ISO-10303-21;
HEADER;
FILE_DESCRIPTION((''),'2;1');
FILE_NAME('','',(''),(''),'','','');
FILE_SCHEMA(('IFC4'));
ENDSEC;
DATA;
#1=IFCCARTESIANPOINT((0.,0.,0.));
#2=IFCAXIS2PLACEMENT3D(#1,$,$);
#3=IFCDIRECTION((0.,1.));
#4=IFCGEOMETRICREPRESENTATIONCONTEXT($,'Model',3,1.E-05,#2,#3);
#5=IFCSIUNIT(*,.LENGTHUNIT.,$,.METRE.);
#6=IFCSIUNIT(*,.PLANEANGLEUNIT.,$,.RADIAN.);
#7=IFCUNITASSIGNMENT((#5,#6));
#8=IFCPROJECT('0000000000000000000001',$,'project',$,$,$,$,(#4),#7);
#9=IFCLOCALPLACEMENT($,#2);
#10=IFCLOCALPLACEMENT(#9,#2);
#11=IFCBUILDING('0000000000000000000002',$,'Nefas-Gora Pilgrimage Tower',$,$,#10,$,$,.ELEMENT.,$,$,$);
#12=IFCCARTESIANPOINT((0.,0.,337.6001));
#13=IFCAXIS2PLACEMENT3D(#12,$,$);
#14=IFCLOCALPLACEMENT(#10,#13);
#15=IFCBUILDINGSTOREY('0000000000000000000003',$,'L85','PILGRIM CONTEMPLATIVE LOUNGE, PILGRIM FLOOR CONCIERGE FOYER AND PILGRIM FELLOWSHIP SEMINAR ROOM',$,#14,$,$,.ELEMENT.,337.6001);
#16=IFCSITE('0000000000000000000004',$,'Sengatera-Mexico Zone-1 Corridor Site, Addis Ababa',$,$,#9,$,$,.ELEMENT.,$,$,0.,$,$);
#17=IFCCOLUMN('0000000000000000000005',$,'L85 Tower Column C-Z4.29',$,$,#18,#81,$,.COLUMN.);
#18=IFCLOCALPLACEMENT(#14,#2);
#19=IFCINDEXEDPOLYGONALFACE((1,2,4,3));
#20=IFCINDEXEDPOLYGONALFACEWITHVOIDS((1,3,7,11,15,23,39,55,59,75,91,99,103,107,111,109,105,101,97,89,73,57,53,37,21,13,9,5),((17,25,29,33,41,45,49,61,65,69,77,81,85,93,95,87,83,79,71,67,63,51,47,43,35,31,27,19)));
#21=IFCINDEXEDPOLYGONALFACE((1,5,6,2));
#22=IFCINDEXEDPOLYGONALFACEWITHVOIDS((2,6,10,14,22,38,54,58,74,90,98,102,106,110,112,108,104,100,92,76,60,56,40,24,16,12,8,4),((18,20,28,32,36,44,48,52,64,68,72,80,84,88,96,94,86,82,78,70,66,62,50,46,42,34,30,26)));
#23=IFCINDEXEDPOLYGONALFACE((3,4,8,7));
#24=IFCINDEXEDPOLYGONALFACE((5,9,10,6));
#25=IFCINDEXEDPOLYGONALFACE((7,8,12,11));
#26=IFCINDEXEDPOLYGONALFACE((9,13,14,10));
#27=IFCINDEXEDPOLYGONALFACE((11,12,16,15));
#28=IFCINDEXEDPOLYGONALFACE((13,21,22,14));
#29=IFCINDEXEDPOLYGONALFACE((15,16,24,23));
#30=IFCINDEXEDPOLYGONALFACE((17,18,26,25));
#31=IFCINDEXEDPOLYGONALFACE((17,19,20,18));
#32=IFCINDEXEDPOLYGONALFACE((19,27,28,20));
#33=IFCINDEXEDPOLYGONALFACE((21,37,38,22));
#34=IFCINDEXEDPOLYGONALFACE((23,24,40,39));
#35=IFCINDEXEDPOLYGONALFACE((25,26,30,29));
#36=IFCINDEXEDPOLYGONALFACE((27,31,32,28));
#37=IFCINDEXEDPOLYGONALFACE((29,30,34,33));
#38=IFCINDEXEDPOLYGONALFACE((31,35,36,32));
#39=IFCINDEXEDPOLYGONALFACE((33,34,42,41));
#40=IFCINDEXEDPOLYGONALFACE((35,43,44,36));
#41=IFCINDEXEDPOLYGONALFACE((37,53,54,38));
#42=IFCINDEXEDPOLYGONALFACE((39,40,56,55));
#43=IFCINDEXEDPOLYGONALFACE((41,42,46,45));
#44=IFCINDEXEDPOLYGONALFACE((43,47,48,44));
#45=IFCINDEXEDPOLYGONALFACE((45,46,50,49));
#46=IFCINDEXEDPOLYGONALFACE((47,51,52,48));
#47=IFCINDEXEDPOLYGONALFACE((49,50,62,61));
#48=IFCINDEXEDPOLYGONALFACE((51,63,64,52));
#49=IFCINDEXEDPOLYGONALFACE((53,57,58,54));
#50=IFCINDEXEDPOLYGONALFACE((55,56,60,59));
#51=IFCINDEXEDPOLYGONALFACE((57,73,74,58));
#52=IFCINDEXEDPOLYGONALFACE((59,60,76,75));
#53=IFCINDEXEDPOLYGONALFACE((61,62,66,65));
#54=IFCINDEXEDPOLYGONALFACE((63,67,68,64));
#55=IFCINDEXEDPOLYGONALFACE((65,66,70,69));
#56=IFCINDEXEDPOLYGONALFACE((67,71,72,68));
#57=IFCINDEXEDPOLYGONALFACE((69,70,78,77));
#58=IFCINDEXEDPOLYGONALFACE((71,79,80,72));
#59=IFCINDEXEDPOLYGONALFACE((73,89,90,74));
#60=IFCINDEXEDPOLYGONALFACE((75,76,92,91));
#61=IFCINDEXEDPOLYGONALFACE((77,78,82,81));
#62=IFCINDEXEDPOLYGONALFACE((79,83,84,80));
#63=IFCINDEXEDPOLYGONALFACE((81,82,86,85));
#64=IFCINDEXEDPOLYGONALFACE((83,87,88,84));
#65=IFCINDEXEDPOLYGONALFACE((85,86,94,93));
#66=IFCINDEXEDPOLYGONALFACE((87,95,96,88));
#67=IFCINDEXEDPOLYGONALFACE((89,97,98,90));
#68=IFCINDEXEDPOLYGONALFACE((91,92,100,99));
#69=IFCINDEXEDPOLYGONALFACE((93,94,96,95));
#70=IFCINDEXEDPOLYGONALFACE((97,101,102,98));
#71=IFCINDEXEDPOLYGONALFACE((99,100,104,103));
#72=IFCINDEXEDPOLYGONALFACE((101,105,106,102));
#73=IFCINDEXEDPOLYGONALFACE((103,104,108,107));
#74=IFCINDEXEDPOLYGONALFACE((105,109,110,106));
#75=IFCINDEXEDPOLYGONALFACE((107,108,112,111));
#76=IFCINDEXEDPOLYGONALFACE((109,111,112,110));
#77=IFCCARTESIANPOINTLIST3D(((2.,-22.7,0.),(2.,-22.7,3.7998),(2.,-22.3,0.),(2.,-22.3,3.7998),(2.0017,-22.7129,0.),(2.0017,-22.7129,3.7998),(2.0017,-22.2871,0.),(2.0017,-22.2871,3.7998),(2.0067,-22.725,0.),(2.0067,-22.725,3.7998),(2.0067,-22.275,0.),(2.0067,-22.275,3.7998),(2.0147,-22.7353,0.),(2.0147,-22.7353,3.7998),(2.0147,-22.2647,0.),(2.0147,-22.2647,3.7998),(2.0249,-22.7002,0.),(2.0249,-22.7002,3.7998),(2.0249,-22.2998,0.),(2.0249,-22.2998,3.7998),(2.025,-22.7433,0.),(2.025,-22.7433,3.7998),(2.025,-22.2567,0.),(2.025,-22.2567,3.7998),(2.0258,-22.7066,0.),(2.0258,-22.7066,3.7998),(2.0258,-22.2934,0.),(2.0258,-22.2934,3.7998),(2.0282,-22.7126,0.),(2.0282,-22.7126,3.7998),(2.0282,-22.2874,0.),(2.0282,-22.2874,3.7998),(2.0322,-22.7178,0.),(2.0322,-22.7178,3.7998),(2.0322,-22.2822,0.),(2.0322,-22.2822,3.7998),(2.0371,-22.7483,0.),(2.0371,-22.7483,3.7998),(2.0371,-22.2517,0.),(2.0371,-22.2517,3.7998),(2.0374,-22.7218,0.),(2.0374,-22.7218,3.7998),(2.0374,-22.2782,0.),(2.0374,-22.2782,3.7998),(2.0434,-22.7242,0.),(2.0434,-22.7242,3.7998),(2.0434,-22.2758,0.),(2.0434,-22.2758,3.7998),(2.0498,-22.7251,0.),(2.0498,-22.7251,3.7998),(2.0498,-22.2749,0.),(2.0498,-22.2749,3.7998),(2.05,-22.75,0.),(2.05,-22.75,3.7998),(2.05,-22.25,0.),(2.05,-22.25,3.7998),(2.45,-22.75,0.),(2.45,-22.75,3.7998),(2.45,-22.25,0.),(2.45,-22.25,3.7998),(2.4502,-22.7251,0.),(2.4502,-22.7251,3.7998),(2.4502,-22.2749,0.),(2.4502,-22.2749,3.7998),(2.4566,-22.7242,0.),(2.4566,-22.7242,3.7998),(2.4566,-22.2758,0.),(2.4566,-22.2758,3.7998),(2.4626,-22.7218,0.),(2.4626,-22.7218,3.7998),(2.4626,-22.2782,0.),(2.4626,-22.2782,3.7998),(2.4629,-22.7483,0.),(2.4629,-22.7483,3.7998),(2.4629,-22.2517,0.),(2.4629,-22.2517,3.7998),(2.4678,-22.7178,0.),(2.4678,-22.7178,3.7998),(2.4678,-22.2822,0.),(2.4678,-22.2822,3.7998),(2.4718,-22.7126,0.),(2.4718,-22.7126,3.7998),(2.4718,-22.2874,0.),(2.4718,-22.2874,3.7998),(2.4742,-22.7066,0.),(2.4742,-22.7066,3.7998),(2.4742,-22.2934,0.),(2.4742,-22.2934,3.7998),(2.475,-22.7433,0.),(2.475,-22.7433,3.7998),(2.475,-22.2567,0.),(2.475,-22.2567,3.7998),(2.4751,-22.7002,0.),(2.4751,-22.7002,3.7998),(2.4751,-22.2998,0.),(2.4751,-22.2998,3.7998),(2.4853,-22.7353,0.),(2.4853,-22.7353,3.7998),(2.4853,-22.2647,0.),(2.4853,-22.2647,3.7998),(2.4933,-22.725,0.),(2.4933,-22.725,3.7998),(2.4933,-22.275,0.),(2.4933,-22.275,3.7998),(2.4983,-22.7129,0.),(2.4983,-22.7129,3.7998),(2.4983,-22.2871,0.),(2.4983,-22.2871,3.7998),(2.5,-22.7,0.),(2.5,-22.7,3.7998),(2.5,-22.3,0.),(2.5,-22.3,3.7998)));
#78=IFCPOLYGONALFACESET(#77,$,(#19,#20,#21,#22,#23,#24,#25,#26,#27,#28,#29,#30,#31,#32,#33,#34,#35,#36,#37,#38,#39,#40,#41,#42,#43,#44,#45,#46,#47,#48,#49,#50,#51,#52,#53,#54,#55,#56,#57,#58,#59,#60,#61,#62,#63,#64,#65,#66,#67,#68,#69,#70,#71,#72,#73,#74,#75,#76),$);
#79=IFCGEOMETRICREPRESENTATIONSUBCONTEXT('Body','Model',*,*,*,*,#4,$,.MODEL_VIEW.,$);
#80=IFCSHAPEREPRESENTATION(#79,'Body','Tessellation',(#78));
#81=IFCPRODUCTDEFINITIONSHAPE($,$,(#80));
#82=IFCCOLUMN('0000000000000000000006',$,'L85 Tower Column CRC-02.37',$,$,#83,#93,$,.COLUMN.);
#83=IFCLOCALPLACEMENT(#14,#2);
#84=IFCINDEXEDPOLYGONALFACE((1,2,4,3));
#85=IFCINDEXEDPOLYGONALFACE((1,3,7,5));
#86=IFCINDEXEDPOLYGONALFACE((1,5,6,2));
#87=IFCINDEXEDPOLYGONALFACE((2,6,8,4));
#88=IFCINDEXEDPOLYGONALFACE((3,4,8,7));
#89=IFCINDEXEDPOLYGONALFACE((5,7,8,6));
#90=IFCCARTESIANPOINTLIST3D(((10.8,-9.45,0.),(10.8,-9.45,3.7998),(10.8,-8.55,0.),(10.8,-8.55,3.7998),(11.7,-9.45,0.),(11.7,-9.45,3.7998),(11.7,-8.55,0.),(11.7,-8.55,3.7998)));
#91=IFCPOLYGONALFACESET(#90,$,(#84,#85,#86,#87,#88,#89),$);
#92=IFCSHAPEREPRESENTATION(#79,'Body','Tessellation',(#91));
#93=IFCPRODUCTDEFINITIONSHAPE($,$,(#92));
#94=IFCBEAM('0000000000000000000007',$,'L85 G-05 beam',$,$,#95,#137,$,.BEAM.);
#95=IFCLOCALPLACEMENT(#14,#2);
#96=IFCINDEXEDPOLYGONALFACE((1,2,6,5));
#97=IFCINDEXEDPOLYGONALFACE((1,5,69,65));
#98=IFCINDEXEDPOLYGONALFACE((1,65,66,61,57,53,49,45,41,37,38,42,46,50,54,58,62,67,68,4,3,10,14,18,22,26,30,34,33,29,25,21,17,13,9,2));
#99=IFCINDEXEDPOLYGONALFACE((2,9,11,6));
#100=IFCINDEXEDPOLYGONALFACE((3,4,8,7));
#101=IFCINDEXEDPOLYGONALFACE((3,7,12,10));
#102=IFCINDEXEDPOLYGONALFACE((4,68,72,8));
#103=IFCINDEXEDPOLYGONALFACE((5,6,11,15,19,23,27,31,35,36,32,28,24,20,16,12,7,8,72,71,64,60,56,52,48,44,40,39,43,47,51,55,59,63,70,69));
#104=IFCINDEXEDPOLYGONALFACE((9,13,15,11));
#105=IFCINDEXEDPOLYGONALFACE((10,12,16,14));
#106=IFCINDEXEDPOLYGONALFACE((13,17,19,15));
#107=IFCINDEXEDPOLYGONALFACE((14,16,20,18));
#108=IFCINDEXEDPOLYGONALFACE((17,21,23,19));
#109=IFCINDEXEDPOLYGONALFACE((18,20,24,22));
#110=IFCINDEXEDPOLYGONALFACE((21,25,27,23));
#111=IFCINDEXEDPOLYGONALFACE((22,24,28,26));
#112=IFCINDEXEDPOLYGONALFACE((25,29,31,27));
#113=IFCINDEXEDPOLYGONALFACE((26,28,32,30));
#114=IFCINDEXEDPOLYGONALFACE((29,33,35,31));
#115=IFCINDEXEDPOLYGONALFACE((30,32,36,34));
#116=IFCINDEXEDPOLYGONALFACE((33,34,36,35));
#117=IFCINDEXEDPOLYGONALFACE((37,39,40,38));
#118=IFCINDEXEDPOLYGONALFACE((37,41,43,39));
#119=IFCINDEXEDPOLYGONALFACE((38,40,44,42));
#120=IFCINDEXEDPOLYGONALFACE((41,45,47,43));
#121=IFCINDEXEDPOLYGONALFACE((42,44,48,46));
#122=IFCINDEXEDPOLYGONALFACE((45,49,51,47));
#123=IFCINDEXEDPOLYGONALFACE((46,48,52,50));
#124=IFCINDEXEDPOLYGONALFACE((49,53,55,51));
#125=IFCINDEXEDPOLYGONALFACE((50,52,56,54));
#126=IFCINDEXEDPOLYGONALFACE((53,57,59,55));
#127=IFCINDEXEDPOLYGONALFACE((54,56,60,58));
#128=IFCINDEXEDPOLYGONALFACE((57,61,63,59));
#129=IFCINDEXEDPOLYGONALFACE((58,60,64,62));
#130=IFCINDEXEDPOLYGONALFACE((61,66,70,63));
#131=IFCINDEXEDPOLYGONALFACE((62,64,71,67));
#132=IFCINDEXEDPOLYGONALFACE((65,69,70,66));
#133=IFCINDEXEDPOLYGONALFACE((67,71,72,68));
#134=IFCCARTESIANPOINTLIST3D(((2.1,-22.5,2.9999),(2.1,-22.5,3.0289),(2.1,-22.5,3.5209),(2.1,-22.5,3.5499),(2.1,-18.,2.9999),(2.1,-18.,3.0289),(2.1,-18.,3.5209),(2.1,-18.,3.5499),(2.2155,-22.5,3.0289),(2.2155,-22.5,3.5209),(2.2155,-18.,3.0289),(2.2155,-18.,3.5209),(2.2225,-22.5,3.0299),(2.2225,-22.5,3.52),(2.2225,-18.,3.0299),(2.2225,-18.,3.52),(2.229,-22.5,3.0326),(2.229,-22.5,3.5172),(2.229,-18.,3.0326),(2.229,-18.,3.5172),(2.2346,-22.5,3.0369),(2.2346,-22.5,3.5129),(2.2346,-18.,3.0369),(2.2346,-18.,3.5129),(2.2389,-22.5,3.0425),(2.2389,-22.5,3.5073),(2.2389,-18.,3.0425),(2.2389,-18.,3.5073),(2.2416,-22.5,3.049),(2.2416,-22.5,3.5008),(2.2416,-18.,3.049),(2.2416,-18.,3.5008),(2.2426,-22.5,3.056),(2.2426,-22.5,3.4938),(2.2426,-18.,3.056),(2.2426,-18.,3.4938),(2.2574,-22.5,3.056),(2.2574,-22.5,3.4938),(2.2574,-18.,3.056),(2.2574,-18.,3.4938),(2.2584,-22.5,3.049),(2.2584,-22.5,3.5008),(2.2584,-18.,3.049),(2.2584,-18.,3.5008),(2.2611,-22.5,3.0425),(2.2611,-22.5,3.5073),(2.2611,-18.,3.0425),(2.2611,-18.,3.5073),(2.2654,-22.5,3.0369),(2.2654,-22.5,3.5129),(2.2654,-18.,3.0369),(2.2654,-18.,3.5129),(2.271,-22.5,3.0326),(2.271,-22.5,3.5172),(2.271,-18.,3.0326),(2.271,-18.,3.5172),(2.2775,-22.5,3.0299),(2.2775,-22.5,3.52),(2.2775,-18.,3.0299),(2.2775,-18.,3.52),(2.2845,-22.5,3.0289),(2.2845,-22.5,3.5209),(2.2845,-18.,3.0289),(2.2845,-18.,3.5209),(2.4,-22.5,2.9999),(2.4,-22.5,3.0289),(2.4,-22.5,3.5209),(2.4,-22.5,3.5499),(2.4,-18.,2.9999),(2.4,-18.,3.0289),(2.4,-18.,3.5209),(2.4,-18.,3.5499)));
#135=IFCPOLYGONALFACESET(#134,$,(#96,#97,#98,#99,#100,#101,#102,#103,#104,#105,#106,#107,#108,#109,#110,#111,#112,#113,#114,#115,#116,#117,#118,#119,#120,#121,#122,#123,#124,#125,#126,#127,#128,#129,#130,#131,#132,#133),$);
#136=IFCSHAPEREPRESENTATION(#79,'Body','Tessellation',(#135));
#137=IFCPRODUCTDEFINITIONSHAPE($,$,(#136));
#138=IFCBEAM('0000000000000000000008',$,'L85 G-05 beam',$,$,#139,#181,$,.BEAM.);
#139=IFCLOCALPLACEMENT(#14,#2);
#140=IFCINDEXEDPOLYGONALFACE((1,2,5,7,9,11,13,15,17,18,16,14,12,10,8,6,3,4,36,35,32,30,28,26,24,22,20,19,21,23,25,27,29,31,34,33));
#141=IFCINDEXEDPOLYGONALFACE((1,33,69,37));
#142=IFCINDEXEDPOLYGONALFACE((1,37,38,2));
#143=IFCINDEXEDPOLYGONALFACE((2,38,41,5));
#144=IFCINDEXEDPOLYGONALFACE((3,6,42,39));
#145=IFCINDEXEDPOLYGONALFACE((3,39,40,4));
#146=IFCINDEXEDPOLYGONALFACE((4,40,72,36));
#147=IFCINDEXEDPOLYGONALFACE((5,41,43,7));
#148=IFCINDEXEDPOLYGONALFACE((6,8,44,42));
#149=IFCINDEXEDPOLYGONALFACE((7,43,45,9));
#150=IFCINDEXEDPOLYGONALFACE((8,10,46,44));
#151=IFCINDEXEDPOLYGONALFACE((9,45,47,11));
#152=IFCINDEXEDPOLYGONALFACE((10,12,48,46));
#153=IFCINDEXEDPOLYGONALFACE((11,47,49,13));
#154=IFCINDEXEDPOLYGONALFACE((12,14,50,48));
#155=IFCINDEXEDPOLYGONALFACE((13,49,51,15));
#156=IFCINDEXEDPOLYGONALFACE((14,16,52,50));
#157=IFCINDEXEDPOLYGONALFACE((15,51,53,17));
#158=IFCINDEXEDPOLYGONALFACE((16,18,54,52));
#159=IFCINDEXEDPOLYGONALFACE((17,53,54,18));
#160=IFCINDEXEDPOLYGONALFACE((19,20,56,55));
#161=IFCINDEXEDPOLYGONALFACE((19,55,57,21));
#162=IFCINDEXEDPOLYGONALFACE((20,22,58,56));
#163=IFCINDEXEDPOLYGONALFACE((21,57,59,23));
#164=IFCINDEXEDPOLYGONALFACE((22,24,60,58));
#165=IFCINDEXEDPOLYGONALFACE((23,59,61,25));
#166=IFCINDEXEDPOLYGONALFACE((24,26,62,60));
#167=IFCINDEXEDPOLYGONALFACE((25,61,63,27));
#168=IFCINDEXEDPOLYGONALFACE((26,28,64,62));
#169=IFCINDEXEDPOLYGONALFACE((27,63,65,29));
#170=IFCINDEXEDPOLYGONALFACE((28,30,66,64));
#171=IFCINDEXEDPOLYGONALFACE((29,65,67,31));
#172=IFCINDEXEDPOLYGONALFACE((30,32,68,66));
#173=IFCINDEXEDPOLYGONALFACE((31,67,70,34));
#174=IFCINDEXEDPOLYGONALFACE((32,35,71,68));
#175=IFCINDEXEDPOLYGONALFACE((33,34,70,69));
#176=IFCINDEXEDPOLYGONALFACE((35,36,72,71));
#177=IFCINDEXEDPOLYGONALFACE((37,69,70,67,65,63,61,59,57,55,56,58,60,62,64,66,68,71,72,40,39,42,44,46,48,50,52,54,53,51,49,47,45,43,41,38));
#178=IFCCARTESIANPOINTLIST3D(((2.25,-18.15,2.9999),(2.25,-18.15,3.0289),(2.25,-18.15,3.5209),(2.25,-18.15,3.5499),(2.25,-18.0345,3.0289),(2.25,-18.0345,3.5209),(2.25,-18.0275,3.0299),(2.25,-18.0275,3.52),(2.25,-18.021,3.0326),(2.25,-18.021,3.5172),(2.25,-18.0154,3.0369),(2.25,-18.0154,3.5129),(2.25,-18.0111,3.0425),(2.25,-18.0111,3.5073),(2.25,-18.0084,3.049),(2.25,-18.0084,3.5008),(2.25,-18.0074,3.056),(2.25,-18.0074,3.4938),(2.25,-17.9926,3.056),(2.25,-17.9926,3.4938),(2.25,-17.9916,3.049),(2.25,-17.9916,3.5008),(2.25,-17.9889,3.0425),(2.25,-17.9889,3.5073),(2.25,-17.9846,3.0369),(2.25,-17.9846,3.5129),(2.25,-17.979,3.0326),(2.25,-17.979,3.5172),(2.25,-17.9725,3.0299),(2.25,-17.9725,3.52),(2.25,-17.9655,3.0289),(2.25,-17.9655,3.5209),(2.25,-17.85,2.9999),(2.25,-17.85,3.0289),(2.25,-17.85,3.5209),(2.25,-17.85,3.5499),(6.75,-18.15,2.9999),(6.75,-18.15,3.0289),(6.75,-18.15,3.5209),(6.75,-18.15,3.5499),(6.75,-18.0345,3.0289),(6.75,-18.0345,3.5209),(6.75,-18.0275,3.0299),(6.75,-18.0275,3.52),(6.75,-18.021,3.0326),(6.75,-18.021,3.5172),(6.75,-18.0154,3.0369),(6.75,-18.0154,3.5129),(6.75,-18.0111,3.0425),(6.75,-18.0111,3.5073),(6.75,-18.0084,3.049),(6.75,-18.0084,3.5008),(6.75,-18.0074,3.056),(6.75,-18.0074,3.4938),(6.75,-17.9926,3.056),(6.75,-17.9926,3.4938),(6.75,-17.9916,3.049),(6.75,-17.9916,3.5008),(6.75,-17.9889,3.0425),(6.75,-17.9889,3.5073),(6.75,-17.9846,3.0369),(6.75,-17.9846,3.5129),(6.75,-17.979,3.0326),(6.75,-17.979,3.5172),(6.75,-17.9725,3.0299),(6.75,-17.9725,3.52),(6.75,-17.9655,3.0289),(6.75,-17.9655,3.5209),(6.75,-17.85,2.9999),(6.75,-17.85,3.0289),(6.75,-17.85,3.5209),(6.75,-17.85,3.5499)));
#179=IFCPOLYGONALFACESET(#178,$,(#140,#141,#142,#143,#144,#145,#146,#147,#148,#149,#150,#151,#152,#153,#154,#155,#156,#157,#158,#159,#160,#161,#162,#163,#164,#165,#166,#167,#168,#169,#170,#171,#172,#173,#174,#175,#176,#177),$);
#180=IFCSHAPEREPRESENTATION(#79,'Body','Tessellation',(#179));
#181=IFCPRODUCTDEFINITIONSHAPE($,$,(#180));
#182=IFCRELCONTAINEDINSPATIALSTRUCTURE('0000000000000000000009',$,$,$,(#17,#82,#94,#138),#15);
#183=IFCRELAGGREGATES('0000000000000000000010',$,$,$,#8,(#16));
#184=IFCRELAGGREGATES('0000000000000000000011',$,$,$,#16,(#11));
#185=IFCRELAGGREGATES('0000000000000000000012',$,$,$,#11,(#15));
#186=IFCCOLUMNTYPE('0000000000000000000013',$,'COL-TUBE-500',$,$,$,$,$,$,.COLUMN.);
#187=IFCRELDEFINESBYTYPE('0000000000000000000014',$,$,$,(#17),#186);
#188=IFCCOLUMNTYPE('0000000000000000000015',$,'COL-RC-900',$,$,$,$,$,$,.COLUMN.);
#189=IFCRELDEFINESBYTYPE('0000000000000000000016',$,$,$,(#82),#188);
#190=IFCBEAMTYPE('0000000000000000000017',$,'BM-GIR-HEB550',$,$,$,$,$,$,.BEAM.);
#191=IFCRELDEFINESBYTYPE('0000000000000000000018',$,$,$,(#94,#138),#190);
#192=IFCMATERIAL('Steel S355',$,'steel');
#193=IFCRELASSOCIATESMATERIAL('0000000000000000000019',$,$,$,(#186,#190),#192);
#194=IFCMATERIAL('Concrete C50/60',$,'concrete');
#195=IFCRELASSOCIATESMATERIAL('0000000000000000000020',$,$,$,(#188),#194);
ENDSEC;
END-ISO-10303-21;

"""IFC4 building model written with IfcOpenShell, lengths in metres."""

from ifc_helpers import new_model, si_unit, direction, frame, origin, origin_2d, place, context, subcontext, project, spatial, rectangle, hollow_rectangle, i_section, extrude, source, transform, mapped, material, material_profile, profile_set, type_object, element, save


model = new_model("IFC4")

# Units and contexts
model_context = context("Model", 3, precision=1e-05, world=origin(), true_north=direction((0.0, 1.0)))
body_context = subcontext(model_context, "Body", "Model", "MODEL_VIEW")
ifc_project = project(units=[si_unit("LENGTHUNIT", "METRE"), si_unit("PLANEANGLEUNIT", "RADIAN")], contexts=[model_context])

# Site, building, storey
site_placement = place(None, origin())
site = spatial("IfcSite", under=ifc_project, at=site_placement, Name="Sengatera-Mexico Zone-1 Corridor Site, Addis Ababa", CompositionType="ELEMENT", RefElevation=0.0)
building_placement = place(site_placement, origin())
building = spatial("IfcBuilding", under=site, at=building_placement, Name="Nefas-Gora Pilgrimage Tower", CompositionType="ELEMENT")
storey_placement = place(building_placement, frame((0.0, 0.0, 337.6001)))
storey = spatial("IfcBuildingStorey", under=building, at=storey_placement, Name="L85", Description="PILGRIM CONTEMPLATIVE LOUNGE, PILGRIM FLOOR CONCIERGE FOYER AND PILGRIM FELLOWSHIP SEMINAR ROOM", CompositionType="ELEMENT", Elevation=337.6001)

# Columns
ifc_material_1 = material(Name="Steel S355", Category="steel")
ifc_material_profile_1 = material_profile(ifc_material_1, hollow_rectangle(XDim=0.5, YDim=0.5, WallThickness=0.0249, InnerFilletRadius=0.0249, OuterFilletRadius=0.05, at=origin_2d()), Name="SHS 500x500x25")
ifc_profile_set_1 = profile_set([ifc_material_profile_1], Name="Steel S355")
column_type_1 = type_object("IfcColumnType", Name="COL-TUBE-500", PredefinedType="COLUMN", material=ifc_profile_set_1)
shared_shape_1 = source(origin(), body_context, "Body", "SweptSolid", [
    extrude(hollow_rectangle(XDim=0.5, YDim=0.5, WallThickness=0.0249, InnerFilletRadius=0.0249, OuterFilletRadius=0.05, at=origin_2d()), origin(), (0.0, 0.0, 1.0), 3.7998),
])
column_1_placement = place(storey_placement, frame((2.25, -22.5, 0.0), z_axis=(0.0, 0.0, 1.0), x_axis=(1.0, 0.0, 0.0)))
element("IfcColumn", 1, at=column_1_placement, inside=storey, type_object=column_type_1, Name="L85 Tower Column C-Z4.29", PredefinedType="COLUMN", context=body_context, shape_type="MappedRepresentation", body=[
    mapped(shared_shape_1, transform((0.0, 0.0, 0.0), x_axis=(1.0, 0.0, 0.0), y_axis=(0.0, 1.0, 0.0), z_axis=(0.0, 0.0, 1.0), scale=1.0)),
])
ifc_material_2 = material(Name="Concrete C50/60", Category="concrete")
ifc_material_profile_2 = material_profile(ifc_material_2, rectangle(XDim=0.8999, YDim=0.8999, at=origin_2d()), Name="RC 900x900")
ifc_profile_set_2 = profile_set([ifc_material_profile_2], Name="Concrete C50/60")
column_type_2 = type_object("IfcColumnType", Name="COL-RC-900", PredefinedType="COLUMN", material=ifc_profile_set_2)
shared_shape_2 = source(origin(), body_context, "Body", "SweptSolid", [
    extrude(rectangle(XDim=0.8999, YDim=0.8999, at=origin_2d()), origin(), (0.0, 0.0, 1.0), 3.7998),
])
column_2_placement = place(storey_placement, frame((11.25, -9.0, 0.0), z_axis=(0.0, 0.0, 1.0), x_axis=(1.0, 0.0, 0.0)))
element("IfcColumn", 2, at=column_2_placement, inside=storey, type_object=column_type_2, Name="L85 Tower Column CRC-02.37", PredefinedType="COLUMN", context=body_context, shape_type="MappedRepresentation", body=[
    mapped(shared_shape_2, transform((0.0, 0.0, 0.0), x_axis=(1.0, 0.0, 0.0), y_axis=(0.0, 1.0, 0.0), z_axis=(0.0, 0.0, 1.0), scale=1.0)),
])

# Beams
ifc_material_profile_3 = material_profile(ifc_material_1, i_section(OverallWidth=0.3, OverallDepth=0.55, WebThickness=0.0149, FlangeThickness=0.0291, FilletRadius=0.0271, at=origin_2d()), Name="HEB 550")
ifc_profile_set_3 = profile_set([ifc_material_profile_3], Name="Steel S355")
beam_type = type_object("IfcBeamType", Name="BM-GIR-HEB550", PredefinedType="BEAM", material=ifc_profile_set_3)
shared_shape_3 = source(origin(), body_context, "Body", "SweptSolid", [
    extrude(i_section(OverallWidth=0.3, OverallDepth=0.55, WebThickness=0.0149, FlangeThickness=0.0291, FilletRadius=0.0271, at=origin_2d()), origin(), (0.0, 0.0, 1.0), 4.5),
])
for number, where, z_axis, x_axis, name in (
    (3, (2.25, -22.5, 3.2749), (0.0, 1.0, 0.0), (-1.0, 0.0, 0.0), "L85 G-05 beam"),
    (4, (2.25, -18.0, 3.2749), (1.0, 0.0, 0.0), (0.0, 1.0, 0.0), "L85 G-05 beam"),
):
    element("IfcBeam", number, at=place(storey_placement, frame(where, z_axis=z_axis, x_axis=x_axis)), inside=storey, type_object=beam_type, Name=name, PredefinedType="BEAM", context=body_context, shape_type="MappedRepresentation", body=[
        mapped(shared_shape_3, transform((0.0, 0.0, 0.0), x_axis=(1.0, 0.0, 0.0), y_axis=(0.0, 1.0, 0.0), z_axis=(0.0, 0.0, 1.0), scale=1.0)),
    ])

save(model, "model.ifc")
